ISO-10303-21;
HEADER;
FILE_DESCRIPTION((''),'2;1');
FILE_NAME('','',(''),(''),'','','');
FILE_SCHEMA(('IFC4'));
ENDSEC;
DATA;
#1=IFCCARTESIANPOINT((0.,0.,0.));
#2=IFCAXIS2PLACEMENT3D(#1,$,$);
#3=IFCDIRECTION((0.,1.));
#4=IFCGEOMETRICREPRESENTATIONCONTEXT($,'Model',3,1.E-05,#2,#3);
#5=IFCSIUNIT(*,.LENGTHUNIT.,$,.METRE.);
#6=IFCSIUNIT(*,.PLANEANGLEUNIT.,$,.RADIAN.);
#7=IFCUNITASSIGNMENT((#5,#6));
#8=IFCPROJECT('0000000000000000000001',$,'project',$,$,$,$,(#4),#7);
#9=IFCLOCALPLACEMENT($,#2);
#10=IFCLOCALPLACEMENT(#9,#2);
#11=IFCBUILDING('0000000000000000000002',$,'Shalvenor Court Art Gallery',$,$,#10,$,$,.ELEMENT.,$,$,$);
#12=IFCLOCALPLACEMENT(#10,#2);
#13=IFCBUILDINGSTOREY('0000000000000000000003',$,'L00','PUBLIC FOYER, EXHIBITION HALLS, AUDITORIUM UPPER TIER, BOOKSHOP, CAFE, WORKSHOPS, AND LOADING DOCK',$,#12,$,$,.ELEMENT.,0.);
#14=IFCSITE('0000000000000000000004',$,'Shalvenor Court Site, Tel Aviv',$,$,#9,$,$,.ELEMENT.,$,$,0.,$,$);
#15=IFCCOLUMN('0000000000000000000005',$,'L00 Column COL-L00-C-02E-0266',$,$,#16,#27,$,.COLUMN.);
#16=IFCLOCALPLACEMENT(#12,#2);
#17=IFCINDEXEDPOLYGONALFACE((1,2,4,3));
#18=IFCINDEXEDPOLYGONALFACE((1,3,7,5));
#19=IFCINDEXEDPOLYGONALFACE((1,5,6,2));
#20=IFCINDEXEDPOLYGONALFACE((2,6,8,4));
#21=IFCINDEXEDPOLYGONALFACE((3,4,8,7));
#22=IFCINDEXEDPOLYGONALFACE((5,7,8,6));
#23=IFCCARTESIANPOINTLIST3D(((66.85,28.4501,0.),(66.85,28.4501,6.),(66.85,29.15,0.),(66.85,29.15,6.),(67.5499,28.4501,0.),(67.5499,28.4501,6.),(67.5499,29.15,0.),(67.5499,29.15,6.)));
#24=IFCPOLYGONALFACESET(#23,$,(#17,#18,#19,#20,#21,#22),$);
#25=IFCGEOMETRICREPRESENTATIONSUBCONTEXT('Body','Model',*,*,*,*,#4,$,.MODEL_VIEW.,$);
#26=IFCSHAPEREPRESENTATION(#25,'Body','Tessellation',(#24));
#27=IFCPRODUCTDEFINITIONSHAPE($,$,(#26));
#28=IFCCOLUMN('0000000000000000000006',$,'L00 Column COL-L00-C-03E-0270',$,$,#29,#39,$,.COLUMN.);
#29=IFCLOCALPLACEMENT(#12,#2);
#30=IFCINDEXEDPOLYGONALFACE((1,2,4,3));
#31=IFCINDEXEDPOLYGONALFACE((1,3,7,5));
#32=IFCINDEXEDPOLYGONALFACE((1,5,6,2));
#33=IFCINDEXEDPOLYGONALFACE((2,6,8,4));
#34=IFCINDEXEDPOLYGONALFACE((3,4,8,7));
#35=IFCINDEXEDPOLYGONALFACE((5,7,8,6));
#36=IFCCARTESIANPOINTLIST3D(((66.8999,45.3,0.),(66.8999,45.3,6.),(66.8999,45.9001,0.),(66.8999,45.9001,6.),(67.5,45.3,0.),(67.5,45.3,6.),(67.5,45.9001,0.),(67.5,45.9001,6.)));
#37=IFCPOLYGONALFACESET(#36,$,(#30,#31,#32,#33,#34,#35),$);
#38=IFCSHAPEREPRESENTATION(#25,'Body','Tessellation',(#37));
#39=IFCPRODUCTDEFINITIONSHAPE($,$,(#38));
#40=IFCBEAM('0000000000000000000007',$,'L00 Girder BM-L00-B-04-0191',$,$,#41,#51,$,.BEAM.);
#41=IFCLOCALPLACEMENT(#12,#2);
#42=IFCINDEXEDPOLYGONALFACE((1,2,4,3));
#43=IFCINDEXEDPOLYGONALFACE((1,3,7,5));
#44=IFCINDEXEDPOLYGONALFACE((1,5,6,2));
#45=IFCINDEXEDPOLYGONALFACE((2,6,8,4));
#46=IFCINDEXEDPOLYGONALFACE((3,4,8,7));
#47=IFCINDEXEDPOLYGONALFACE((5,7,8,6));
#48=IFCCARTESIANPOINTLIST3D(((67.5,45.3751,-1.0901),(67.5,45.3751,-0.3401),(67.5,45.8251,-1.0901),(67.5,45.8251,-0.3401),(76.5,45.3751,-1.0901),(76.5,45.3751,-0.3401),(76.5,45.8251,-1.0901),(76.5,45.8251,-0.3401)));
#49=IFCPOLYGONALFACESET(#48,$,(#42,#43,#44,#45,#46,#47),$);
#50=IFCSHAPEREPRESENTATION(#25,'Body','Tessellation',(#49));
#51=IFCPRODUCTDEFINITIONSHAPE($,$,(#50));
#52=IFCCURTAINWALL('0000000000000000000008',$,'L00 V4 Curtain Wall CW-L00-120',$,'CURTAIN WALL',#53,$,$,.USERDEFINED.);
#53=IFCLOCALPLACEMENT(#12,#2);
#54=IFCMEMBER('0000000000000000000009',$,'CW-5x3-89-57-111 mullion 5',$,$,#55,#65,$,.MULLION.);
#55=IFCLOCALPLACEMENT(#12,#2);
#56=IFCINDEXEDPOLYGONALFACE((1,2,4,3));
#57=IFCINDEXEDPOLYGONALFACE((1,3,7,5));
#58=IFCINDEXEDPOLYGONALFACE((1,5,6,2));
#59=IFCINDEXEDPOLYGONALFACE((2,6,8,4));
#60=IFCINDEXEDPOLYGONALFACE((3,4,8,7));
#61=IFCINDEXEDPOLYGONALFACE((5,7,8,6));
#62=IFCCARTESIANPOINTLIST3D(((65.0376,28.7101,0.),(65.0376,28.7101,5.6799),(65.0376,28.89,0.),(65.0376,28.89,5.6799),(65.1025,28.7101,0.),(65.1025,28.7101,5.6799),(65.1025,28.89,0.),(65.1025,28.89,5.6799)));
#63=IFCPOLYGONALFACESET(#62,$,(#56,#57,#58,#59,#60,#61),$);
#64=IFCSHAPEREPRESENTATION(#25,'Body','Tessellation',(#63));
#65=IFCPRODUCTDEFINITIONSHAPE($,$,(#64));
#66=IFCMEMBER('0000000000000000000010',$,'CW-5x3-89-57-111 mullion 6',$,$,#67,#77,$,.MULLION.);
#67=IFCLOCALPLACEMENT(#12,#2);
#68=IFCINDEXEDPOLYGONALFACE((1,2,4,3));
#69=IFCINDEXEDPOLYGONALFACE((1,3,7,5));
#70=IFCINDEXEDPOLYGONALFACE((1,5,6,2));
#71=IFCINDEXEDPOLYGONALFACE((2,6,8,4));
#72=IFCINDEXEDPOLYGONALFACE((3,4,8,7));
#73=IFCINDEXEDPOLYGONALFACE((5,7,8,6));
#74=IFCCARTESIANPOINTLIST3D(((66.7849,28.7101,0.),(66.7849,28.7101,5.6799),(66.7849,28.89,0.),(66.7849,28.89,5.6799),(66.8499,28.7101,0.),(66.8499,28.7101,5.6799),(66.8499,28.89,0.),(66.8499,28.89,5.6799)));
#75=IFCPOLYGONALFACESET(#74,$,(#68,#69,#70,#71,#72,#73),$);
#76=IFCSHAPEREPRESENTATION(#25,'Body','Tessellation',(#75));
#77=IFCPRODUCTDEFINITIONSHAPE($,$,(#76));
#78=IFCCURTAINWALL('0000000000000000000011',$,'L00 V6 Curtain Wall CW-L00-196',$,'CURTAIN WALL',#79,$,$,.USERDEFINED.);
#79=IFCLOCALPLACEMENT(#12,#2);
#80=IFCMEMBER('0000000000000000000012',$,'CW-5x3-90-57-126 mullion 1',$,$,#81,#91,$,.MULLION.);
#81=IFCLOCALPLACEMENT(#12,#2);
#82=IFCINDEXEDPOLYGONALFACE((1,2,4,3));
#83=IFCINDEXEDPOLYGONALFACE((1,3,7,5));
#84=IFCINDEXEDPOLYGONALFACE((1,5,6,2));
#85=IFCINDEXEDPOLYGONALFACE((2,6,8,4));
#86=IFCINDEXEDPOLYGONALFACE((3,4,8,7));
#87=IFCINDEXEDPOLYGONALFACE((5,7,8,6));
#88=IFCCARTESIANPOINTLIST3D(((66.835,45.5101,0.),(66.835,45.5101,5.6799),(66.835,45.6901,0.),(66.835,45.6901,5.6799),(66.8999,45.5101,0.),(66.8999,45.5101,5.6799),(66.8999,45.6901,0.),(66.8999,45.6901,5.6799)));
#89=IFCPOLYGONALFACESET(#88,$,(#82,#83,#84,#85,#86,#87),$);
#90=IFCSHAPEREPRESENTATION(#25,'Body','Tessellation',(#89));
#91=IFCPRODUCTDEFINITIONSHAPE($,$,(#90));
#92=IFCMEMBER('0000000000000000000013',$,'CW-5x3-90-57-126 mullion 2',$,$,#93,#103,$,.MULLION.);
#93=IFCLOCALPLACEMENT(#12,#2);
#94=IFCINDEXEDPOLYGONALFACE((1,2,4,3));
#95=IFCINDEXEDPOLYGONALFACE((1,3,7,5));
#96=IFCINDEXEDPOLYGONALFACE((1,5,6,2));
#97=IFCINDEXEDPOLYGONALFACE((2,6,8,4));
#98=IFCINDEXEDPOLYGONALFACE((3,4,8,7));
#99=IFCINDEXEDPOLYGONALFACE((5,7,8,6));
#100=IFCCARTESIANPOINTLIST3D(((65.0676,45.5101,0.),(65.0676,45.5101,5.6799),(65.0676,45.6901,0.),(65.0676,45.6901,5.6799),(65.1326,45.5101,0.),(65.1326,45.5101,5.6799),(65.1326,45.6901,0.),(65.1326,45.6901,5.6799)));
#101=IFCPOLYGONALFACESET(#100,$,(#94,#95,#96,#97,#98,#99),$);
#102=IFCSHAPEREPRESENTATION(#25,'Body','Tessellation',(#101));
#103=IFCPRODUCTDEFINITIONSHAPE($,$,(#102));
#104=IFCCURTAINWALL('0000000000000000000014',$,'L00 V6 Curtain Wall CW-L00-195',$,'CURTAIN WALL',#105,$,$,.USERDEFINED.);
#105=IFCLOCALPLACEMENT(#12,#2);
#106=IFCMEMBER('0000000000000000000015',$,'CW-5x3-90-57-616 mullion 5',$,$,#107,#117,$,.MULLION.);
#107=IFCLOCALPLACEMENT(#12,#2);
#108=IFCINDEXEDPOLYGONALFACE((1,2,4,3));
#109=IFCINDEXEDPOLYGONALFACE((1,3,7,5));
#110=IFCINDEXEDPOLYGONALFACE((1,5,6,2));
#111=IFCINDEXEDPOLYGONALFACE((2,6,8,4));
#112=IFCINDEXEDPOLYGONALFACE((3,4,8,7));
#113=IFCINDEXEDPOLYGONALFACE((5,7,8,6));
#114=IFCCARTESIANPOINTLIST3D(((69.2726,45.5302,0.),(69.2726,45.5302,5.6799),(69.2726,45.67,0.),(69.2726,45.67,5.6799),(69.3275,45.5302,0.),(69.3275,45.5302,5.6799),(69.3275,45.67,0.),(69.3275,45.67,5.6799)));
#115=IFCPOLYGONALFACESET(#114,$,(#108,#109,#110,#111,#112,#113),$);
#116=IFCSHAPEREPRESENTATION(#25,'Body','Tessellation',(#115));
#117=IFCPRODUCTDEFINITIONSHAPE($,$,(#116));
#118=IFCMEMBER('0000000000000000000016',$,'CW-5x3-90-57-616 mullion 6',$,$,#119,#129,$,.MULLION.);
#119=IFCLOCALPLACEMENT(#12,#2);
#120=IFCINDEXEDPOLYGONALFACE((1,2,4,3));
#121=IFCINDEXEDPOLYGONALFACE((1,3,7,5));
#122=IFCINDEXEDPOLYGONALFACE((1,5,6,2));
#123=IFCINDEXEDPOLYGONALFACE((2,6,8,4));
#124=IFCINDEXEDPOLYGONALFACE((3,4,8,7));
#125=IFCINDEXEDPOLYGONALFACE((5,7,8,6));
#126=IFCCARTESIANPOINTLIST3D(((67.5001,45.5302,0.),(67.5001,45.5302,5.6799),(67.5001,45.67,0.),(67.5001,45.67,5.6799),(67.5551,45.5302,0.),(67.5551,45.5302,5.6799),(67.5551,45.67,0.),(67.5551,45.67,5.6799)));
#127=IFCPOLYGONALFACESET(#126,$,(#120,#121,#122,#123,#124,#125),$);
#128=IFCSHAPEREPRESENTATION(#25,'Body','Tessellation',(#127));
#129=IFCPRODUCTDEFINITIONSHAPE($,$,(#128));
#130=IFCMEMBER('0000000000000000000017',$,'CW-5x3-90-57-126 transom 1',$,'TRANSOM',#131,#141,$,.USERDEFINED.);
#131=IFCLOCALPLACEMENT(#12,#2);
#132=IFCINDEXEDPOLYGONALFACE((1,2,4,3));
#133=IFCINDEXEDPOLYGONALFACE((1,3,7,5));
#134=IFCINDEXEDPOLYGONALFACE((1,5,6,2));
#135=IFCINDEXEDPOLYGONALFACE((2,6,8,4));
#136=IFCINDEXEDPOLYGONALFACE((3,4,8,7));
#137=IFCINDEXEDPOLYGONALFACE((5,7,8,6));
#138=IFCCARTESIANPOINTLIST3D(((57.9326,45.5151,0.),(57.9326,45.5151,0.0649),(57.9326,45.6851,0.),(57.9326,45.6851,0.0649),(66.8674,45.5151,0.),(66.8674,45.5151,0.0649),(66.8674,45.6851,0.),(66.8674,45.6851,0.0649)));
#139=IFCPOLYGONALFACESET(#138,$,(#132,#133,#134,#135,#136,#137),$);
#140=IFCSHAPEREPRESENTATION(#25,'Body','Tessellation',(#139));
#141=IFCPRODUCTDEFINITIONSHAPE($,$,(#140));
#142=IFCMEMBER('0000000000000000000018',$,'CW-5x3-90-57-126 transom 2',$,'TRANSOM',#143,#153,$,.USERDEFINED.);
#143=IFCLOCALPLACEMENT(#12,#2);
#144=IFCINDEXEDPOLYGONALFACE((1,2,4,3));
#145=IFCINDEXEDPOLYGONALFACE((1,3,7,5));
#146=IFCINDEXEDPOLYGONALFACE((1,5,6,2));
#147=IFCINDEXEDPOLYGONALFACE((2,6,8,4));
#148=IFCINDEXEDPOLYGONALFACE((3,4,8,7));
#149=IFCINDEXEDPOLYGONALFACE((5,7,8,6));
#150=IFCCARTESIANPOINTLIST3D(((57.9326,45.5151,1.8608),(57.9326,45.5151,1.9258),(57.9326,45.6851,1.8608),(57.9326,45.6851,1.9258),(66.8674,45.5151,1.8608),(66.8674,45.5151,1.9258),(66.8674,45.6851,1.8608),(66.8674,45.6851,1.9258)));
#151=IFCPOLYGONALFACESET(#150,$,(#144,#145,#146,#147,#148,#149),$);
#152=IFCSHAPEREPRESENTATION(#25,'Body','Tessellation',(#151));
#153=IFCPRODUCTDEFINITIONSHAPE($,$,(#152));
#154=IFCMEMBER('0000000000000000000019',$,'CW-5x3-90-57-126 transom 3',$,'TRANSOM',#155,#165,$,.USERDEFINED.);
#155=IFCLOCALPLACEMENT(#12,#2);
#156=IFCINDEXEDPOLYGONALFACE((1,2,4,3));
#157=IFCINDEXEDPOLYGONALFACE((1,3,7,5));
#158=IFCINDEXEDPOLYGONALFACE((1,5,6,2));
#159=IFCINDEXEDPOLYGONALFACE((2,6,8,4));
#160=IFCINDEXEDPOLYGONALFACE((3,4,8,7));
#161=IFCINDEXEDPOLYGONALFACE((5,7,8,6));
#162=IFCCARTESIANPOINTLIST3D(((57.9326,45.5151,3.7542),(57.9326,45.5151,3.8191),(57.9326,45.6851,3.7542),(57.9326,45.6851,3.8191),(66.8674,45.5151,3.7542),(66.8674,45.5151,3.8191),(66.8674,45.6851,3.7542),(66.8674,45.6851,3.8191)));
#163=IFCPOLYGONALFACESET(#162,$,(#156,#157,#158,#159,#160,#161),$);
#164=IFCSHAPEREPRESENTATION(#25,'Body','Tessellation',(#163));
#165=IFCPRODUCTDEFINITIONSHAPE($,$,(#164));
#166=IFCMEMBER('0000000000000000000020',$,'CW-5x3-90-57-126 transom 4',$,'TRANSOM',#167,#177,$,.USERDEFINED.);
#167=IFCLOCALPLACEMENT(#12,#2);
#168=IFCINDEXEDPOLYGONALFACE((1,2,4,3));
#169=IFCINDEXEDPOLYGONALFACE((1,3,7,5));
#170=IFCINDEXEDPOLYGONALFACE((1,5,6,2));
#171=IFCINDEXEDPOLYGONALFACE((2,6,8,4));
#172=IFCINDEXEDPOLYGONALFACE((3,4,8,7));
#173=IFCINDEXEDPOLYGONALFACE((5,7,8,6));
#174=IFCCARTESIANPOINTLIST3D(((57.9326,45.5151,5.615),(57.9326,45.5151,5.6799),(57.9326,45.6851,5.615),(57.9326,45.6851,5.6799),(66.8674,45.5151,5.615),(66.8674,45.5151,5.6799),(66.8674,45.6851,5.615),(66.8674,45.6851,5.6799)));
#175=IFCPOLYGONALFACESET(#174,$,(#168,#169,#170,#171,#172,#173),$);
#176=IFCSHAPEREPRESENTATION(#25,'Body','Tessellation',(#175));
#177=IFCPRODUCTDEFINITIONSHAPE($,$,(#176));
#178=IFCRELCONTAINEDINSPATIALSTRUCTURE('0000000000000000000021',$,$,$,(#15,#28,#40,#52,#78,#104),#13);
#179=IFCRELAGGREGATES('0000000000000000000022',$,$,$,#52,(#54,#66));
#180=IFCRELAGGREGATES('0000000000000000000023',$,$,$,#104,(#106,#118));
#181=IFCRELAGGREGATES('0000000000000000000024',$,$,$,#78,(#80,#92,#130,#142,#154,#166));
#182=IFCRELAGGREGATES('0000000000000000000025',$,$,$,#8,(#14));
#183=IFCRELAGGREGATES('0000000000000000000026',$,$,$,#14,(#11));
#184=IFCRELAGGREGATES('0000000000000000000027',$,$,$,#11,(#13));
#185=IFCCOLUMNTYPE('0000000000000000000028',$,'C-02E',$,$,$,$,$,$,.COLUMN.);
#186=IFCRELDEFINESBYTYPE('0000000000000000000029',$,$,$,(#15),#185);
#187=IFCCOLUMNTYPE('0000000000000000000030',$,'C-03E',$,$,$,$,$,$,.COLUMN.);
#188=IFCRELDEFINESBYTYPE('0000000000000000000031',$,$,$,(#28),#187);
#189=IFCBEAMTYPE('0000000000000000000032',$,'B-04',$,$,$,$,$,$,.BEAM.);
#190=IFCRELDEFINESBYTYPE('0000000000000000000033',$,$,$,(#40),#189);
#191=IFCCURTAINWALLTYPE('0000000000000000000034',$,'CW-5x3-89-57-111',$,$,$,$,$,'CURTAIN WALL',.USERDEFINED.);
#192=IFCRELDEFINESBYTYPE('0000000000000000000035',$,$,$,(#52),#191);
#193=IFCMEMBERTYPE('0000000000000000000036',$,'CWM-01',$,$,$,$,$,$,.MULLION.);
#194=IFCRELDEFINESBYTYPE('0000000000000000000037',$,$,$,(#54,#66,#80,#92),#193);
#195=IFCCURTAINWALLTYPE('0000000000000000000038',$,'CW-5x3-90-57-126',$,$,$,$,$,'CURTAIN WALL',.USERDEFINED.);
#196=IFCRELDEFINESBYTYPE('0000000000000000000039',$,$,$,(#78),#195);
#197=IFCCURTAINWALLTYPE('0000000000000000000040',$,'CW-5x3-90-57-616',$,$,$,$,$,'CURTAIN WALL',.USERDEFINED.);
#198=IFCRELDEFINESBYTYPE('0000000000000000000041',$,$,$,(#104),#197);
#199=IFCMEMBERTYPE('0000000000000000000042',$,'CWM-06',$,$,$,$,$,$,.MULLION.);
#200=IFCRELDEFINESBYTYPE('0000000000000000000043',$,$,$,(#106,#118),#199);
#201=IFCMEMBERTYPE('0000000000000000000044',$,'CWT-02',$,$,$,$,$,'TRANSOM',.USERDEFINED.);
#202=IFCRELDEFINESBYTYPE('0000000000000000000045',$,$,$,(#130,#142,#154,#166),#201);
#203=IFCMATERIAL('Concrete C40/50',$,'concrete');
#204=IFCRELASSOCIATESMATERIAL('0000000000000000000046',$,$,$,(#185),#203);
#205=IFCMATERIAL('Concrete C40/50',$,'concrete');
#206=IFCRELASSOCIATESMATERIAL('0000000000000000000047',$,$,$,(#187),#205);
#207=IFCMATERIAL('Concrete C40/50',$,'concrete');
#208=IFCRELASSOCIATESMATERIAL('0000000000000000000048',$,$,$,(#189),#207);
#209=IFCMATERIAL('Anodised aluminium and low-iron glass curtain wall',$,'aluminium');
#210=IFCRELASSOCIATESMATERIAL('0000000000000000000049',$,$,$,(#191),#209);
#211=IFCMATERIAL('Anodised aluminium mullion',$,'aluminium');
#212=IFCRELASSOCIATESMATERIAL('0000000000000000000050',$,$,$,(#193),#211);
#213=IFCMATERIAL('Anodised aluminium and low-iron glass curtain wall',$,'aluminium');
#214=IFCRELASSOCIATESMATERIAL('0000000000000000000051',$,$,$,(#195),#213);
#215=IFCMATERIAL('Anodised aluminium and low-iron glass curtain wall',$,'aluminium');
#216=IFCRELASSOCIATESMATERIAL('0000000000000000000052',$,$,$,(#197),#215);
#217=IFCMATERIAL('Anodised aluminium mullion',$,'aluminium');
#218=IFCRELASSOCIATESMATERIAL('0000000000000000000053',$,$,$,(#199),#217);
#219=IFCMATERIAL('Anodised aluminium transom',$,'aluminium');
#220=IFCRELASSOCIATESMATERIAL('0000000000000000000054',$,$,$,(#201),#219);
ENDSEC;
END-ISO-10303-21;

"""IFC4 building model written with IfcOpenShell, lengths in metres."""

from ifc_helpers import new_model, si_unit, direction, frame, origin, origin_2d, place, context, subcontext, project, spatial, rectangle, extrude, material, material_profile, profile_set, type_object, element, aggregate, save


model = new_model("IFC4")

# Units and contexts
model_context = context("Model", 3, precision=1e-05, world=origin(), true_north=direction((0.0, 1.0)))
body_context = subcontext(model_context, "Body", "Model", "MODEL_VIEW")
ifc_project = project(units=[si_unit("LENGTHUNIT", "METRE"), si_unit("PLANEANGLEUNIT", "RADIAN")], contexts=[model_context])

# Site, building, storey
site_placement = place(None, origin())
site = spatial("IfcSite", under=ifc_project, at=site_placement, Name="Shalvenor Court Site, Tel Aviv", CompositionType="ELEMENT", RefElevation=0.0)
building_placement = place(site_placement, origin())
building = spatial("IfcBuilding", under=site, at=building_placement, Name="Shalvenor Court Art Gallery", CompositionType="ELEMENT")
storey_placement = place(building_placement, origin())
storey = spatial("IfcBuildingStorey", under=building, at=storey_placement, Name="L00", Description="PUBLIC FOYER, EXHIBITION HALLS, AUDITORIUM UPPER TIER, BOOKSHOP, CAFE, WORKSHOPS, AND LOADING DOCK", CompositionType="ELEMENT", Elevation=0.0)

# Columns
ifc_material_1 = material(Name="Concrete C40/50", Category="concrete")
ifc_material_profile_1 = material_profile(ifc_material_1, rectangle(XDim=0.7, YDim=0.7, at=origin_2d()), Name="RC 700x700")
ifc_profile_set_1 = profile_set([ifc_material_profile_1], Name="Concrete C40/50")
column_type_1 = type_object("IfcColumnType", Name="C-02E", PredefinedType="COLUMN", material=ifc_profile_set_1)
column_1_placement = place(storey_placement, frame((67.2, 28.8, 0.0), z_axis=(0.0, 0.0, 1.0), x_axis=(1.0, 0.0, 0.0)))
element("IfcColumn", 1, at=column_1_placement, inside=storey, type_object=column_type_1, Name="L00 Column COL-L00-C-02E-0266", PredefinedType="COLUMN", context=body_context, shape_type="SweptSolid", body=[
    extrude(rectangle(XDim=0.7, YDim=0.7, at=origin_2d()), origin(), (0.0, 0.0, 1.0), 6.0),
])
ifc_material_2 = material(Name="Concrete C40/50", Category="concrete")
ifc_material_profile_2 = material_profile(ifc_material_2, rectangle(XDim=0.6001, YDim=0.6001, at=origin_2d()), Name="RC 600x600")
ifc_profile_set_2 = profile_set([ifc_material_profile_2], Name="Concrete C40/50")
column_type_2 = type_object("IfcColumnType", Name="C-03E", PredefinedType="COLUMN", material=ifc_profile_set_2)
column_2_placement = place(storey_placement, frame((67.2, 45.6001, 0.0), z_axis=(0.0, 0.0, 1.0), x_axis=(1.0, 0.0, 0.0)))
element("IfcColumn", 2, at=column_2_placement, inside=storey, type_object=column_type_2, Name="L00 Column COL-L00-C-03E-0270", PredefinedType="COLUMN", context=body_context, shape_type="SweptSolid", body=[
    extrude(rectangle(XDim=0.6001, YDim=0.6001, at=origin_2d()), origin(), (0.0, 0.0, 1.0), 6.0),
])

# Beam
ifc_material_3 = material(Name="Concrete C40/50", Category="concrete")
ifc_material_profile_3 = material_profile(ifc_material_3, rectangle(XDim=0.45, YDim=0.75, at=origin_2d()), Name="RC 450x750")
ifc_profile_set_3 = profile_set([ifc_material_profile_3], Name="Concrete C40/50")
beam_type = type_object("IfcBeamType", Name="B-04", PredefinedType="BEAM", material=ifc_profile_set_3)
beam_placement = place(storey_placement, frame((67.5, 45.6001, -0.7151), z_axis=(1.0, 0.0, 0.0), x_axis=(0.0, 1.0, 0.0)))
element("IfcBeam", 3, at=beam_placement, inside=storey, type_object=beam_type, Name="L00 Girder BM-L00-B-04-0191", PredefinedType="BEAM", context=body_context, shape_type="SweptSolid", body=[
    extrude(rectangle(XDim=0.45, YDim=0.75, at=origin_2d()), origin(), (0.0, 0.0, 1.0), 9.0),
])

# Curtain walls, members
ifc_material_4 = material(Name="Anodised aluminium and low-iron glass curtain wall", Category="aluminium")
curtain_wall_type_1 = type_object("IfcCurtainWallType", Name="CW-5x3-89-57-111", ElementType="CURTAIN WALL", PredefinedType="USERDEFINED", material=ifc_material_4)
curtain_wall_1_placement = place(storey_placement, origin())
curtain_wall_1 = element("IfcCurtainWall", 4, at=curtain_wall_1_placement, inside=storey, type_object=curtain_wall_type_1, Name="L00 V4 Curtain Wall CW-L00-120", ObjectType="CURTAIN WALL", PredefinedType="USERDEFINED")
ifc_material_5 = material(Name="Anodised aluminium mullion", Category="aluminium")
ifc_material_profile_4 = material_profile(ifc_material_5, rectangle(XDim=0.0649, YDim=0.1799, at=origin_2d()), Name="CWM-01")
ifc_profile_set_4 = profile_set([ifc_material_profile_4], Name="Anodised aluminium mullion")
member_type_1 = type_object("IfcMemberType", Name="CWM-01", PredefinedType="MULLION", material=ifc_profile_set_4)
member_1_placement = place(storey_placement, frame((65.0701, 28.8, 0.0), z_axis=(0.0, 0.0, 1.0), x_axis=(1.0, 0.0, 0.0)))
member_1 = element("IfcMember", 5, at=member_1_placement, type_object=member_type_1, Name="CW-5x3-89-57-111 mullion 5", PredefinedType="MULLION", context=body_context, shape_type="SweptSolid", body=[
    extrude(rectangle(XDim=0.0649, YDim=0.1799, at=origin_2d()), origin(), (0.0, 0.0, 1.0), 5.6799),
])
member_2_placement = place(storey_placement, frame((66.8174, 28.8, 0.0), z_axis=(0.0, 0.0, 1.0), x_axis=(1.0, 0.0, 0.0)))
member_2 = element("IfcMember", 6, at=member_2_placement, type_object=member_type_1, Name="CW-5x3-89-57-111 mullion 6", PredefinedType="MULLION", context=body_context, shape_type="SweptSolid", body=[
    extrude(rectangle(XDim=0.0649, YDim=0.1799, at=origin_2d()), origin(), (0.0, 0.0, 1.0), 5.6799),
])
ifc_material_6 = material(Name="Anodised aluminium and low-iron glass curtain wall", Category="aluminium")
curtain_wall_type_2 = type_object("IfcCurtainWallType", Name="CW-5x3-90-57-126", ElementType="CURTAIN WALL", PredefinedType="USERDEFINED", material=ifc_material_6)
curtain_wall_2_placement = place(storey_placement, origin())
curtain_wall_2 = element("IfcCurtainWall", 7, at=curtain_wall_2_placement, inside=storey, type_object=curtain_wall_type_2, Name="L00 V6 Curtain Wall CW-L00-196", ObjectType="CURTAIN WALL", PredefinedType="USERDEFINED")
member_3_placement = place(storey_placement, frame((66.8674, 45.6001, 0.0), z_axis=(0.0, 0.0, 1.0), x_axis=(-1.0, 0.0, 0.0)))
member_3 = element("IfcMember", 8, at=member_3_placement, type_object=member_type_1, Name="CW-5x3-90-57-126 mullion 1", PredefinedType="MULLION", context=body_context, shape_type="SweptSolid", body=[
    extrude(rectangle(XDim=0.0649, YDim=0.1799, at=origin_2d()), origin(), (0.0, 0.0, 1.0), 5.6799),
])
member_4_placement = place(storey_placement, frame((65.1001, 45.6001, 0.0), z_axis=(0.0, 0.0, 1.0), x_axis=(-1.0, 0.0, 0.0)))
member_4 = element("IfcMember", 9, at=member_4_placement, type_object=member_type_1, Name="CW-5x3-90-57-126 mullion 2", PredefinedType="MULLION", context=body_context, shape_type="SweptSolid", body=[
    extrude(rectangle(XDim=0.0649, YDim=0.1799, at=origin_2d()), origin(), (0.0, 0.0, 1.0), 5.6799),
])
ifc_material_7 = material(Name="Anodised aluminium and low-iron glass curtain wall", Category="aluminium")
curtain_wall_type_3 = type_object("IfcCurtainWallType", Name="CW-5x3-90-57-616", ElementType="CURTAIN WALL", PredefinedType="USERDEFINED", material=ifc_material_7)
curtain_wall_3_placement = place(storey_placement, origin())
curtain_wall_3 = element("IfcCurtainWall", 10, at=curtain_wall_3_placement, inside=storey, type_object=curtain_wall_type_3, Name="L00 V6 Curtain Wall CW-L00-195", ObjectType="CURTAIN WALL", PredefinedType="USERDEFINED")
ifc_material_8 = material(Name="Anodised aluminium mullion", Category="aluminium")
ifc_material_profile_5 = material_profile(ifc_material_8, rectangle(XDim=0.0549, YDim=0.1399, at=origin_2d()), Name="CWM-06")
ifc_profile_set_5 = profile_set([ifc_material_profile_5], Name="Anodised aluminium mullion")
member_type_2 = type_object("IfcMemberType", Name="CWM-06", PredefinedType="MULLION", material=ifc_profile_set_5)
member_5_placement = place(storey_placement, frame((69.3, 45.6001, 0.0), z_axis=(0.0, 0.0, 1.0), x_axis=(-1.0, 0.0, 0.0)))
member_5 = element("IfcMember", 11, at=member_5_placement, type_object=member_type_2, Name="CW-5x3-90-57-616 mullion 5", PredefinedType="MULLION", context=body_context, shape_type="SweptSolid", body=[
    extrude(rectangle(XDim=0.0549, YDim=0.1399, at=origin_2d()), origin(), (0.0, 0.0, 1.0), 5.6799),
])
member_6_placement = place(storey_placement, frame((67.5276, 45.6001, 0.0), z_axis=(0.0, 0.0, 1.0), x_axis=(-1.0, 0.0, 0.0)))
member_6 = element("IfcMember", 12, at=member_6_placement, type_object=member_type_2, Name="CW-5x3-90-57-616 mullion 6", PredefinedType="MULLION", context=body_context, shape_type="SweptSolid", body=[
    extrude(rectangle(XDim=0.0549, YDim=0.1399, at=origin_2d()), origin(), (0.0, 0.0, 1.0), 5.6799),
])

# Members
ifc_material_9 = material(Name="Anodised aluminium transom", Category="aluminium")
ifc_material_profile_6 = material_profile(ifc_material_9, rectangle(XDim=0.1699, YDim=0.0649, at=origin_2d()), Name="CWT-02")
ifc_profile_set_6 = profile_set([ifc_material_profile_6], Name="Anodised aluminium transom")
member_type_3 = type_object("IfcMemberType", Name="CWT-02", ElementType="TRANSOM", PredefinedType="USERDEFINED", material=ifc_profile_set_6)
member_7_placement = place(storey_placement, frame((66.8674, 45.6001, 0.0325), z_axis=(-1.0, 0.0, 0.0), x_axis=(0.0, -1.0, 0.0)))
member_7 = element("IfcMember", 13, at=member_7_placement, type_object=member_type_3, Name="CW-5x3-90-57-126 transom 1", ObjectType="TRANSOM", PredefinedType="USERDEFINED", context=body_context, shape_type="SweptSolid", body=[
    extrude(rectangle(XDim=0.1699, YDim=0.0649, at=origin_2d()), origin(), (0.0, 0.0, 1.0), 8.9348),
])
member_8_placement = place(storey_placement, frame((66.8674, 45.6001, 1.8933), z_axis=(-1.0, 0.0, 0.0), x_axis=(0.0, -1.0, 0.0)))
member_8 = element("IfcMember", 14, at=member_8_placement, type_object=member_type_3, Name="CW-5x3-90-57-126 transom 2", ObjectType="TRANSOM", PredefinedType="USERDEFINED", context=body_context, shape_type="SweptSolid", body=[
    extrude(rectangle(XDim=0.1699, YDim=0.0649, at=origin_2d()), origin(), (0.0, 0.0, 1.0), 8.9348),
])
member_9_placement = place(storey_placement, frame((66.8674, 45.6001, 3.7866), z_axis=(-1.0, 0.0, 0.0), x_axis=(0.0, -1.0, 0.0)))
member_9 = element("IfcMember", 15, at=member_9_placement, type_object=member_type_3, Name="CW-5x3-90-57-126 transom 3", ObjectType="TRANSOM", PredefinedType="USERDEFINED", context=body_context, shape_type="SweptSolid", body=[
    extrude(rectangle(XDim=0.1699, YDim=0.0649, at=origin_2d()), origin(), (0.0, 0.0, 1.0), 8.9348),
])
member_10_placement = place(storey_placement, frame((66.8674, 45.6001, 5.6475), z_axis=(-1.0, 0.0, 0.0), x_axis=(0.0, -1.0, 0.0)))
member_10 = element("IfcMember", 16, at=member_10_placement, type_object=member_type_3, Name="CW-5x3-90-57-126 transom 4", ObjectType="TRANSOM", PredefinedType="USERDEFINED", context=body_context, shape_type="SweptSolid", body=[
    extrude(rectangle(XDim=0.1699, YDim=0.0649, at=origin_2d()), origin(), (0.0, 0.0, 1.0), 8.9348),
])

aggregate(curtain_wall_1, [member_1, member_2])
aggregate(curtain_wall_3, [member_5, member_6])
aggregate(curtain_wall_2, [member_3, member_4, member_7, member_8, member_9, member_10])

save(model, "model.ifc")
